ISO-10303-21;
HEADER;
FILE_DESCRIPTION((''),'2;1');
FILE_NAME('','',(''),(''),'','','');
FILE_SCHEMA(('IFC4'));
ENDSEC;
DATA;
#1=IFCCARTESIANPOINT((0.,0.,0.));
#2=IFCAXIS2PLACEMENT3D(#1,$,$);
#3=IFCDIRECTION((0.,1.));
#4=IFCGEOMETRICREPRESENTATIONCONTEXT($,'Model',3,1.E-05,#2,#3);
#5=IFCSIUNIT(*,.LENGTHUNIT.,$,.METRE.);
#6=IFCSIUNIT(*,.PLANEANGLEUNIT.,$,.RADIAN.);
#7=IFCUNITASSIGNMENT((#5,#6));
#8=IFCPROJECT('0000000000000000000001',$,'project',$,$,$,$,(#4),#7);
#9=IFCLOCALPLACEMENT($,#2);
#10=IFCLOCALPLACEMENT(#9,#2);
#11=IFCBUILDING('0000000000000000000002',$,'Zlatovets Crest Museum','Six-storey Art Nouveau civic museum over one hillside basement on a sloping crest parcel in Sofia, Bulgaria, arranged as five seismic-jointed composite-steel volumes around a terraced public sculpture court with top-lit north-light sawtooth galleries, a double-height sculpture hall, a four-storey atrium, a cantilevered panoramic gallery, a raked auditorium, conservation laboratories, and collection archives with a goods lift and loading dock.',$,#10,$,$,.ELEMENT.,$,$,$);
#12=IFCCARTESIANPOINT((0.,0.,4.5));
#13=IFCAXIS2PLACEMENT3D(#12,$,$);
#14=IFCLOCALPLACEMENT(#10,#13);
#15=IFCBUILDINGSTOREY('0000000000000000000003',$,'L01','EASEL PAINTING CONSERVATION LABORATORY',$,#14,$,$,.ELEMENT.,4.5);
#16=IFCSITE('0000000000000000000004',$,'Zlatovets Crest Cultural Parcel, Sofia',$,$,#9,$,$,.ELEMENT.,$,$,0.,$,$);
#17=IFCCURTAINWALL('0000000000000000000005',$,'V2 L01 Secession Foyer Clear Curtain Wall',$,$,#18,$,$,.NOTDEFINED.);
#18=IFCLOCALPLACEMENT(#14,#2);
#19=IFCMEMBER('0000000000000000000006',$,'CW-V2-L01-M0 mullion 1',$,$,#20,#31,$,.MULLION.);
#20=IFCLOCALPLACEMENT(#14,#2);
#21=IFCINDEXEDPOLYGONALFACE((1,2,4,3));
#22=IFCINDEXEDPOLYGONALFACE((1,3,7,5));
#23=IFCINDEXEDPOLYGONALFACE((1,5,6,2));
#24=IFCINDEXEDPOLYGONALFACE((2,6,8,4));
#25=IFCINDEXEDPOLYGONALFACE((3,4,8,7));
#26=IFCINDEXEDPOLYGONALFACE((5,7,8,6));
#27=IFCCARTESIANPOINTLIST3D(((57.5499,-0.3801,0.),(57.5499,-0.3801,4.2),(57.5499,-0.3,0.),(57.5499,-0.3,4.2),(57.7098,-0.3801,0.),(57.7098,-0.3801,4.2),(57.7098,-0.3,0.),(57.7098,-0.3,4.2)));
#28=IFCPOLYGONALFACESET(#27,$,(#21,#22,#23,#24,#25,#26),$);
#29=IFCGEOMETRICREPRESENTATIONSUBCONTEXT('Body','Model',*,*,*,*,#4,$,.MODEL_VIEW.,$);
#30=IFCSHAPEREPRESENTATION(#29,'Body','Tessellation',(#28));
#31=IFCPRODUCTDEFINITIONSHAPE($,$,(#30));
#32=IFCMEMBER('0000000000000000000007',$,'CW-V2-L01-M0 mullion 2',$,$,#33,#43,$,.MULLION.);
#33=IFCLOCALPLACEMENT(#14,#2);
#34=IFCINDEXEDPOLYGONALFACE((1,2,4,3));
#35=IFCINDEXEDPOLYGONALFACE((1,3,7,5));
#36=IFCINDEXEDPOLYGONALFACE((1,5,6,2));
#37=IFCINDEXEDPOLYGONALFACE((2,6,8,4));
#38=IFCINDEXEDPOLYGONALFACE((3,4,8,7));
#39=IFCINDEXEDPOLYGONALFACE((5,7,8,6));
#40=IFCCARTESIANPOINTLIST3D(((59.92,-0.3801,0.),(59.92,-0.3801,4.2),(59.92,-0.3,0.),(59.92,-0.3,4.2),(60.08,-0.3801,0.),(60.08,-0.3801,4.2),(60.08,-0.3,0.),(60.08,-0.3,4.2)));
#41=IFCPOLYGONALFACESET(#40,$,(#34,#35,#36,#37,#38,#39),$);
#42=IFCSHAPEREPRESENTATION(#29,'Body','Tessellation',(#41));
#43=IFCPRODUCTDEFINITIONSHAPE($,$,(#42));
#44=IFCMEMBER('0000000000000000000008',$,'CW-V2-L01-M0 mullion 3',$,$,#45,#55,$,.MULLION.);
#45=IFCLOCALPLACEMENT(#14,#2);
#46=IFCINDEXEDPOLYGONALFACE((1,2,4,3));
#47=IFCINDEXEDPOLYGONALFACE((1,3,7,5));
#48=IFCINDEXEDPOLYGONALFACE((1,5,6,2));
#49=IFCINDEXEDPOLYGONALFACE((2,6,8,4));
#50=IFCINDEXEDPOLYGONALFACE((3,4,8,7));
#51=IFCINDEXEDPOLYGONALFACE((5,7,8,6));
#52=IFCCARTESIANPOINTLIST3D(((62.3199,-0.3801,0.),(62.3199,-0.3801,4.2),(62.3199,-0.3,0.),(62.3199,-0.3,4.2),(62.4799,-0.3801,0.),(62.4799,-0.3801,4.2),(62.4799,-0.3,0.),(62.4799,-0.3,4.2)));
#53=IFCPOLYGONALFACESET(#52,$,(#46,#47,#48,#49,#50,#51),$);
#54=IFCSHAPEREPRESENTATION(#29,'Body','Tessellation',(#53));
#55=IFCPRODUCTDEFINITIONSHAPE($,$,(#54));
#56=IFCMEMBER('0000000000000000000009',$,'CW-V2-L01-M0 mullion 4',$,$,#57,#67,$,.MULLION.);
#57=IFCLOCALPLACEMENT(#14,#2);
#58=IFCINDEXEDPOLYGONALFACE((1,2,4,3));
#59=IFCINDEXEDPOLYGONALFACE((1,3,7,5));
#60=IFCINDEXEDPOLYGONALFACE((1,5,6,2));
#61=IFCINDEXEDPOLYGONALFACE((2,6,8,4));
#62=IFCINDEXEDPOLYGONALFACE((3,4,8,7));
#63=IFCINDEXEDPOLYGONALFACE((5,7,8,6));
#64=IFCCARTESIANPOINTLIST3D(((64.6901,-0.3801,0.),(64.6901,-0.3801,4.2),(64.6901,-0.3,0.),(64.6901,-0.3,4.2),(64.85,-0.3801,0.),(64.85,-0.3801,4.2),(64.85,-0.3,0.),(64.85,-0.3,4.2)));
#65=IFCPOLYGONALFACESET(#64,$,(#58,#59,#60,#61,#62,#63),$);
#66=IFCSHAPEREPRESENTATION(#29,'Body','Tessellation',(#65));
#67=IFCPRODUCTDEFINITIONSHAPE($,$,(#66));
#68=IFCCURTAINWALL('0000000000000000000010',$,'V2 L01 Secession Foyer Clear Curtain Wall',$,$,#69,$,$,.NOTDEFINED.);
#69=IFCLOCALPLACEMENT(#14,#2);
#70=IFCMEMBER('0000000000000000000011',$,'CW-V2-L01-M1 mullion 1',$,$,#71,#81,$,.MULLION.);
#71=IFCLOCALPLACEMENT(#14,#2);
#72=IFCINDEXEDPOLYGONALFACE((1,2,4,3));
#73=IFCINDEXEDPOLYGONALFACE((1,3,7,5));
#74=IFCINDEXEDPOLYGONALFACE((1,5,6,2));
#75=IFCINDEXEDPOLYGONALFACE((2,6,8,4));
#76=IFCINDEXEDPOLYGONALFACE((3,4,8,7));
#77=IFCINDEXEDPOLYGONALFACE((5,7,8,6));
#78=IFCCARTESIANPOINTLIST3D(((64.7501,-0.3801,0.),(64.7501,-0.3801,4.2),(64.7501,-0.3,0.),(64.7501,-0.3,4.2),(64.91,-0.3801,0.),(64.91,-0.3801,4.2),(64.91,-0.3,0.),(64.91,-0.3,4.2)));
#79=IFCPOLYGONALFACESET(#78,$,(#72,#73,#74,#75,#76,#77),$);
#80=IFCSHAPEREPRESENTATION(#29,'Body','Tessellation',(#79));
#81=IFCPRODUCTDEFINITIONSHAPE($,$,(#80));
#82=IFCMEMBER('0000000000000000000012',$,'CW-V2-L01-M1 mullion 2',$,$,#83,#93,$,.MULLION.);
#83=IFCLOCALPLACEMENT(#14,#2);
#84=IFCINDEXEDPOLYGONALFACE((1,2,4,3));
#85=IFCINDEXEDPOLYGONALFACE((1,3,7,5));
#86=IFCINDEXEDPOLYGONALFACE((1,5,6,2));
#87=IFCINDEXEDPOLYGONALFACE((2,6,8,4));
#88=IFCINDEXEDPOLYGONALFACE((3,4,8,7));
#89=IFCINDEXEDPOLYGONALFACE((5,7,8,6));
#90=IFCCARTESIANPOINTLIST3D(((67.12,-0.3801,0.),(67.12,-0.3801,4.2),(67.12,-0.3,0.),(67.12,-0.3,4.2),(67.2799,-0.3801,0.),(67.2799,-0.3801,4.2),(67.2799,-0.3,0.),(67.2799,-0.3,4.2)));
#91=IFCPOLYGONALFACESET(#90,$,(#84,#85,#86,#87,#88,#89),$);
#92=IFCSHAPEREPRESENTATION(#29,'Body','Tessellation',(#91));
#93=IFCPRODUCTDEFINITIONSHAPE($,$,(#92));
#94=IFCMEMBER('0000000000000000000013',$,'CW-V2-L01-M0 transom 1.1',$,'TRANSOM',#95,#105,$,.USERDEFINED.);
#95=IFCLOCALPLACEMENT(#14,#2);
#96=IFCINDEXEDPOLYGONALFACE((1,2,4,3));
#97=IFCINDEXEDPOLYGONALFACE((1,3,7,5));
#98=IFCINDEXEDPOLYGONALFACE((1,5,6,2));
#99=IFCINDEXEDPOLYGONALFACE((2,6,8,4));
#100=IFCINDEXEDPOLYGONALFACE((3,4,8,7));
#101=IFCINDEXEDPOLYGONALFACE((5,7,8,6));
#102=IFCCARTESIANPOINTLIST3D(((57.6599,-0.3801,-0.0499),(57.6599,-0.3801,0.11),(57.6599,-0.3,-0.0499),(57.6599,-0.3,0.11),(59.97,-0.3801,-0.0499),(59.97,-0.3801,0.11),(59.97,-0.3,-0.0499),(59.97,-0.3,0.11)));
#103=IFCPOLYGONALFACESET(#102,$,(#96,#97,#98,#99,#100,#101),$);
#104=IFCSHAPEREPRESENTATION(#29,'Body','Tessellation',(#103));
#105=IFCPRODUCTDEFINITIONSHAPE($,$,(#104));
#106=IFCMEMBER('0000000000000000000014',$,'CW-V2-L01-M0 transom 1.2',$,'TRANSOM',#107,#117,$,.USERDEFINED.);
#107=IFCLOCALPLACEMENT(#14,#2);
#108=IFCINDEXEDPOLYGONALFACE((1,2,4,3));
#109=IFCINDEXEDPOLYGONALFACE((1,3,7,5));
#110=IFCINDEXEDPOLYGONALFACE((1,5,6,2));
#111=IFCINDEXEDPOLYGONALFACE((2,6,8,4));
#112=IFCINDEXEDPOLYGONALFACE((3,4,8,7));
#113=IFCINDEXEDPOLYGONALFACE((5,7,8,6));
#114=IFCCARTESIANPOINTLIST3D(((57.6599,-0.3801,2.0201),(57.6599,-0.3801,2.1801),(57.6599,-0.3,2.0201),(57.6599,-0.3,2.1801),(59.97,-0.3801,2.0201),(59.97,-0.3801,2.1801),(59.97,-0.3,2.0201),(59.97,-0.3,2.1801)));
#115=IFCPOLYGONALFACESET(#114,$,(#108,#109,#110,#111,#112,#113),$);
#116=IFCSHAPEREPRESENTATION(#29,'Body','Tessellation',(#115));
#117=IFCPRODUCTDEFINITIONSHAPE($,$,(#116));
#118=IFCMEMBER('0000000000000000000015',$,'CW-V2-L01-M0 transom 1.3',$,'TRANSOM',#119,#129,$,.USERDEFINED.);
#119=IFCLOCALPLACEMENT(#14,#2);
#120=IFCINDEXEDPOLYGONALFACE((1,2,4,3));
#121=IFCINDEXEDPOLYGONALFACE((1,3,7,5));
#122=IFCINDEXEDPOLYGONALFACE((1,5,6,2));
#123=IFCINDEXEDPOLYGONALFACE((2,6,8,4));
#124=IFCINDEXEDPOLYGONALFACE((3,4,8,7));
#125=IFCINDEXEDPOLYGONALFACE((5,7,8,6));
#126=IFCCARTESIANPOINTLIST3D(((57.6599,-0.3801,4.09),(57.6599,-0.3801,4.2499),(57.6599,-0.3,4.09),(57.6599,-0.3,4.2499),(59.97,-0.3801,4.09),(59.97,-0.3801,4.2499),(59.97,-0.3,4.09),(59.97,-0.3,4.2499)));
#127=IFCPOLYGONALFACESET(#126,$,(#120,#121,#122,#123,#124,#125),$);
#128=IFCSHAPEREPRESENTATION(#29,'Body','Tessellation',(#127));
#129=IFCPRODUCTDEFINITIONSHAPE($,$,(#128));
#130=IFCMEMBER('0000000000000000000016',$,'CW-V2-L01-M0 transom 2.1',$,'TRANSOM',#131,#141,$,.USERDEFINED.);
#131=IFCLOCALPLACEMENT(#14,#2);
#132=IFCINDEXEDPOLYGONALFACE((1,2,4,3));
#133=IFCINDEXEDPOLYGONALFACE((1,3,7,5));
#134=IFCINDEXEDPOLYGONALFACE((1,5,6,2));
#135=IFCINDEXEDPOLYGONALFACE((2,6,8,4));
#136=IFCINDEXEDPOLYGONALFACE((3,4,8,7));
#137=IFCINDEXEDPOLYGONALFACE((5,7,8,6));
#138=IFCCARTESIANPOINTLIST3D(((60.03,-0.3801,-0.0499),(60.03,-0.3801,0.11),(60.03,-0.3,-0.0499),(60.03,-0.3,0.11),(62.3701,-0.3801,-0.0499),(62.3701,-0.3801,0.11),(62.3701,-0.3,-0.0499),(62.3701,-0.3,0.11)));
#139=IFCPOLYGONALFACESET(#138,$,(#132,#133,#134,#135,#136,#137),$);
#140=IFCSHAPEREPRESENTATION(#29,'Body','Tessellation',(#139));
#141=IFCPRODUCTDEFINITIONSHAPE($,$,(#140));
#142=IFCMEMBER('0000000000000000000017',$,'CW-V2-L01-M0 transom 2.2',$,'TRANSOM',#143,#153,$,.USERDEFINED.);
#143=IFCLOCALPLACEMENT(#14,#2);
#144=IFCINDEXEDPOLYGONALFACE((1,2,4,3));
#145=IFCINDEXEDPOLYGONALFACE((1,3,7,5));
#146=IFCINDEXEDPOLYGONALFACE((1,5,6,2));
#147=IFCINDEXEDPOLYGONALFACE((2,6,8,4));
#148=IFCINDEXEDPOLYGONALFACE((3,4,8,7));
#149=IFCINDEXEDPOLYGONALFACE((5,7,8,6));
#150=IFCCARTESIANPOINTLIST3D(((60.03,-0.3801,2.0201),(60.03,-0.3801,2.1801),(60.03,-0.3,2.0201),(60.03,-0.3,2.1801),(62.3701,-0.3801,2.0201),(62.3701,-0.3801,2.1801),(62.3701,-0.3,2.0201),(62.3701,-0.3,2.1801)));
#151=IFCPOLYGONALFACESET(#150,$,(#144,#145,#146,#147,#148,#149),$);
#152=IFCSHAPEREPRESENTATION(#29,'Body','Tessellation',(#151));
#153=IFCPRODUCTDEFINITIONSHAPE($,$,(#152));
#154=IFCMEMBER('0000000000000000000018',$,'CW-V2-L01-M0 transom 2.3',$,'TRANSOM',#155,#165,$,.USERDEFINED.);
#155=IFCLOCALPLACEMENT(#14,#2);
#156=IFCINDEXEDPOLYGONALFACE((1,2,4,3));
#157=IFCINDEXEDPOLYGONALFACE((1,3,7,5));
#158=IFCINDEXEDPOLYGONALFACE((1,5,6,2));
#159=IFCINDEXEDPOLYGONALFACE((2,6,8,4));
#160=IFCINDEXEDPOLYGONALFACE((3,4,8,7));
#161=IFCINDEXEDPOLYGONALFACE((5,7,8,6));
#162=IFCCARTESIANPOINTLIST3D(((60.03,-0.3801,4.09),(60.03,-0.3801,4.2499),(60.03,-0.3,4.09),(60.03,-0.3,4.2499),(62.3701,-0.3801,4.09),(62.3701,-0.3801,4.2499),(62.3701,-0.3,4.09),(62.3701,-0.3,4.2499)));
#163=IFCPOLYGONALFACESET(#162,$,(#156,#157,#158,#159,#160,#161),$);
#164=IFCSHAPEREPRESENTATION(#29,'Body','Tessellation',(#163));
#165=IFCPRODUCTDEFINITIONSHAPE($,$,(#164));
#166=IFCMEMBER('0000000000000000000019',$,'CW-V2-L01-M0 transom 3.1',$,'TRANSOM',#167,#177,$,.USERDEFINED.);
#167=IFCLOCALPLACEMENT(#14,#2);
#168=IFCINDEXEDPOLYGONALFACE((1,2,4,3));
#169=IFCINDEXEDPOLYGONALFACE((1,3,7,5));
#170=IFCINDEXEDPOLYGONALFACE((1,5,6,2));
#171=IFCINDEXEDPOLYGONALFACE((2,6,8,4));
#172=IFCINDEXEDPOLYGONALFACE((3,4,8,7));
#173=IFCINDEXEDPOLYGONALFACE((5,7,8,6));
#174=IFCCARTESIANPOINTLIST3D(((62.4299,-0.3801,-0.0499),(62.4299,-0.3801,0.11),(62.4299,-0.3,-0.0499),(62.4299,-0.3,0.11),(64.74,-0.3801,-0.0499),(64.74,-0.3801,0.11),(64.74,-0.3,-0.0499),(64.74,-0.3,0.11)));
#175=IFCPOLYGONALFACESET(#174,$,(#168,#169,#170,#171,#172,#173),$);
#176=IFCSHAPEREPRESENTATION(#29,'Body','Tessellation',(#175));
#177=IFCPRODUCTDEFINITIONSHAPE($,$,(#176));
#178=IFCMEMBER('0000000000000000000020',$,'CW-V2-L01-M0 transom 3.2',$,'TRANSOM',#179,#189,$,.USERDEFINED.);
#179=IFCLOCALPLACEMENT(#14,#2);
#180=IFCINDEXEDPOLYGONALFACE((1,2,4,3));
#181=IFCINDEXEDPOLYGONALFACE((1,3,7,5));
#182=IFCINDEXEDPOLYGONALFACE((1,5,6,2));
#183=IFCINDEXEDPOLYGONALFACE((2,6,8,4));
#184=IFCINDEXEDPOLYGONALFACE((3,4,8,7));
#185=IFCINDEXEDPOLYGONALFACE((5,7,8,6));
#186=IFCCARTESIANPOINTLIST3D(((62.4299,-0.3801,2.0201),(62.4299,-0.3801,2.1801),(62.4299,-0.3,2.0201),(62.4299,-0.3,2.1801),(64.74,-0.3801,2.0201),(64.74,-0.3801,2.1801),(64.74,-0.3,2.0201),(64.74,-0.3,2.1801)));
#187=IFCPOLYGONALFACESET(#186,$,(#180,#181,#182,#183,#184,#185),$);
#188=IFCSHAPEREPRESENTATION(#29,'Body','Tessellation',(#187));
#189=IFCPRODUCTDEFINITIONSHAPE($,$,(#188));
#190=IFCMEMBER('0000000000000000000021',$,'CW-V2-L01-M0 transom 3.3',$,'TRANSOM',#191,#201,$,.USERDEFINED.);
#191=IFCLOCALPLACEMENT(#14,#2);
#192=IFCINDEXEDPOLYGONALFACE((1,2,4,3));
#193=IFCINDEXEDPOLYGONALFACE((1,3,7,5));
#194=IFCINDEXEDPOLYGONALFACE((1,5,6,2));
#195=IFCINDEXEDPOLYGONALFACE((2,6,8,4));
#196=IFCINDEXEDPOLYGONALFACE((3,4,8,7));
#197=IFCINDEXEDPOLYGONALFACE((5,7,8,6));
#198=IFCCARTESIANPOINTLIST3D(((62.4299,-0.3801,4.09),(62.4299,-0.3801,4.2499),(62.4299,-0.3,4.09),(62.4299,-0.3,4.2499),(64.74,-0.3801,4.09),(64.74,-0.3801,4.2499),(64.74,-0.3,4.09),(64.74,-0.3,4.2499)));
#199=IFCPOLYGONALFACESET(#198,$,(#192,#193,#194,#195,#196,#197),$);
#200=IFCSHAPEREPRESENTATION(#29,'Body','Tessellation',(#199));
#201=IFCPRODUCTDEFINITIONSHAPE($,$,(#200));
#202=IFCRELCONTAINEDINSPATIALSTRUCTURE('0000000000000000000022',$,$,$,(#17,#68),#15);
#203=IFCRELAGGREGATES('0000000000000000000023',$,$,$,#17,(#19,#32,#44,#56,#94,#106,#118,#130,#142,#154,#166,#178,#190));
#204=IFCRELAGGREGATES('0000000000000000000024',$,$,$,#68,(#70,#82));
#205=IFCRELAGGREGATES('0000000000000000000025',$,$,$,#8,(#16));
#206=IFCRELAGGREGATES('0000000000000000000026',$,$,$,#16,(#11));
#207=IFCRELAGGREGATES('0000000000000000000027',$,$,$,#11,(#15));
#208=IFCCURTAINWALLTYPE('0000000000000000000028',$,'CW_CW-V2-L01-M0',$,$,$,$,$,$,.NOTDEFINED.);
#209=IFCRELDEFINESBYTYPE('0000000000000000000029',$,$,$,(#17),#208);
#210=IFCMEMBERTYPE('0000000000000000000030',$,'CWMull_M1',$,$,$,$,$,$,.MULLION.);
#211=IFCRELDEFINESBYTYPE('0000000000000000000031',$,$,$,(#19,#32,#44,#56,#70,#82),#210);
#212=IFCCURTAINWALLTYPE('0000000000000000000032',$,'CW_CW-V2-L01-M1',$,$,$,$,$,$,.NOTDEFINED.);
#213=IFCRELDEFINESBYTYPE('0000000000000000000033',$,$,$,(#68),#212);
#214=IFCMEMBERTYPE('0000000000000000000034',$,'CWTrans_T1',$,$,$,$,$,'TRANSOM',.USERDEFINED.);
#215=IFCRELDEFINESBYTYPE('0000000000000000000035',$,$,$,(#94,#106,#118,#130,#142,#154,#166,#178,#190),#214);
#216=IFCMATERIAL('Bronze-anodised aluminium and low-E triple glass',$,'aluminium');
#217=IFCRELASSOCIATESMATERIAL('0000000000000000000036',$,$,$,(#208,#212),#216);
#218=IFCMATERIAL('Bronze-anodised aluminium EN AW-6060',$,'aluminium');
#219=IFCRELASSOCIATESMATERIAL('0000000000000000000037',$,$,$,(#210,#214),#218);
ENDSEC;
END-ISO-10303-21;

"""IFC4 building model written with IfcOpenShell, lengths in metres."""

from ifc_helpers import new_model, si_unit, direction, frame, origin, origin_2d, place, context, subcontext, project, spatial, rectangle, extrude, material, material_profile, profile_set, type_object, element, aggregate, save


model = new_model("IFC4")

# Units and contexts
model_context = context("Model", 3, precision=1e-05, world=origin(), true_north=direction((0.0, 1.0)))
body_context = subcontext(model_context, "Body", "Model", "MODEL_VIEW")
ifc_project = project(units=[si_unit("LENGTHUNIT", "METRE"), si_unit("PLANEANGLEUNIT", "RADIAN")], contexts=[model_context])

# Site, building, storey
site_placement = place(None, origin())
site = spatial("IfcSite", under=ifc_project, at=site_placement, Name="Zlatovets Crest Cultural Parcel, Sofia", CompositionType="ELEMENT", RefElevation=0.0)
building_placement = place(site_placement, origin())
building = spatial("IfcBuilding", under=site, at=building_placement, Name="Zlatovets Crest Museum", Description="Six-storey Art Nouveau civic museum over one hillside basement on a sloping crest parcel in Sofia, Bulgaria, arranged as five seismic-jointed composite-steel volumes around a terraced public sculpture court with top-lit north-light sawtooth galleries, a double-height sculpture hall, a four-storey atrium, a cantilevered panoramic gallery, a raked auditorium, conservation laboratories, and collection archives with a goods lift and loading dock.", CompositionType="ELEMENT")
storey_placement = place(building_placement, frame((0.0, 0.0, 4.5)))
storey = spatial("IfcBuildingStorey", under=building, at=storey_placement, Name="L01", Description="EASEL PAINTING CONSERVATION LABORATORY", CompositionType="ELEMENT", Elevation=4.5)

# Curtain walls, members
ifc_material_1 = material(Name="Bronze-anodised aluminium and low-E triple glass", Category="aluminium")
curtain_wall_type_1 = type_object("IfcCurtainWallType", Name="CW_CW-V2-L01-M0", PredefinedType="NOTDEFINED", material=ifc_material_1)
curtain_wall_1_placement = place(storey_placement, origin())
curtain_wall_1 = element("IfcCurtainWall", 1, at=curtain_wall_1_placement, inside=storey, type_object=curtain_wall_type_1, Name="V2 L01 Secession Foyer Clear Curtain Wall", PredefinedType="NOTDEFINED")
ifc_material_2 = material(Name="Bronze-anodised aluminium EN AW-6060", Category="aluminium")
ifc_material_profile_1 = material_profile(ifc_material_2, rectangle(XDim=0.0801, YDim=0.1599, at=origin_2d()), Name="ALU 80x160")
ifc_profile_set_1 = profile_set([ifc_material_profile_1], Name="Bronze-anodised aluminium EN AW-6060")
member_type_1 = type_object("IfcMemberType", Name="CWMull_M1", PredefinedType="MULLION", material=ifc_profile_set_1)
member_1_placement = place(storey_placement, frame((57.6299, -0.3401, 0.0), z_axis=(0.0, 0.0, 1.0), x_axis=(0.0, 1.0, 0.0)))
member_1 = element("IfcMember", 2, at=member_1_placement, type_object=member_type_1, Name="CW-V2-L01-M0 mullion 1", PredefinedType="MULLION", context=body_context, shape_type="SweptSolid", body=[
    extrude(rectangle(XDim=0.0801, YDim=0.1599, at=origin_2d()), origin(), (0.0, 0.0, 1.0), 4.2),
])
member_2_placement = place(storey_placement, frame((60.0, -0.3401, 0.0), z_axis=(0.0, 0.0, 1.0), x_axis=(0.0, 1.0, 0.0)))
member_2 = element("IfcMember", 3, at=member_2_placement, type_object=member_type_1, Name="CW-V2-L01-M0 mullion 2", PredefinedType="MULLION", context=body_context, shape_type="SweptSolid", body=[
    extrude(rectangle(XDim=0.0801, YDim=0.1599, at=origin_2d()), origin(), (0.0, 0.0, 1.0), 4.2),
])
member_3_placement = place(storey_placement, frame((62.3999, -0.3401, 0.0), z_axis=(0.0, 0.0, 1.0), x_axis=(0.0, 1.0, 0.0)))
member_3 = element("IfcMember", 4, at=member_3_placement, type_object=member_type_1, Name="CW-V2-L01-M0 mullion 3", PredefinedType="MULLION", context=body_context, shape_type="SweptSolid", body=[
    extrude(rectangle(XDim=0.0801, YDim=0.1599, at=origin_2d()), origin(), (0.0, 0.0, 1.0), 4.2),
])
member_4_placement = place(storey_placement, frame((64.77, -0.3401, 0.0), z_axis=(0.0, 0.0, 1.0), x_axis=(0.0, 1.0, 0.0)))
member_4 = element("IfcMember", 5, at=member_4_placement, type_object=member_type_1, Name="CW-V2-L01-M0 mullion 4", PredefinedType="MULLION", context=body_context, shape_type="SweptSolid", body=[
    extrude(rectangle(XDim=0.0801, YDim=0.1599, at=origin_2d()), origin(), (0.0, 0.0, 1.0), 4.2),
])
curtain_wall_type_2 = type_object("IfcCurtainWallType", Name="CW_CW-V2-L01-M1", PredefinedType="NOTDEFINED", material=ifc_material_1)
curtain_wall_2_placement = place(storey_placement, origin())
curtain_wall_2 = element("IfcCurtainWall", 6, at=curtain_wall_2_placement, inside=storey, type_object=curtain_wall_type_2, Name="V2 L01 Secession Foyer Clear Curtain Wall", PredefinedType="NOTDEFINED")
member_5_placement = place(storey_placement, frame((64.8301, -0.3401, 0.0), z_axis=(0.0, 0.0, 1.0), x_axis=(0.0, 1.0, 0.0)))
member_5 = element("IfcMember", 7, at=member_5_placement, type_object=member_type_1, Name="CW-V2-L01-M1 mullion 1", PredefinedType="MULLION", context=body_context, shape_type="SweptSolid", body=[
    extrude(rectangle(XDim=0.0801, YDim=0.1599, at=origin_2d()), origin(), (0.0, 0.0, 1.0), 4.2),
])
member_6_placement = place(storey_placement, frame((67.2, -0.3401, 0.0), z_axis=(0.0, 0.0, 1.0), x_axis=(0.0, 1.0, 0.0)))
member_6 = element("IfcMember", 8, at=member_6_placement, type_object=member_type_1, Name="CW-V2-L01-M1 mullion 2", PredefinedType="MULLION", context=body_context, shape_type="SweptSolid", body=[
    extrude(rectangle(XDim=0.0801, YDim=0.1599, at=origin_2d()), origin(), (0.0, 0.0, 1.0), 4.2),
])

# Members
ifc_material_profile_2 = material_profile(ifc_material_2, rectangle(XDim=0.0801, YDim=0.1599, at=origin_2d()), Name="ALU 80x160")
ifc_profile_set_2 = profile_set([ifc_material_profile_2], Name="Bronze-anodised aluminium EN AW-6060")
member_type_2 = type_object("IfcMemberType", Name="CWTrans_T1", ElementType="TRANSOM", PredefinedType="USERDEFINED", material=ifc_profile_set_2)
member_7_placement = place(storey_placement, frame((57.6599, -0.3401, 0.03), z_axis=(1.0, 0.0, 0.0), x_axis=(0.0, 1.0, 0.0)))
member_7 = element("IfcMember", 9, at=member_7_placement, type_object=member_type_2, Name="CW-V2-L01-M0 transom 1.1", ObjectType="TRANSOM", PredefinedType="USERDEFINED", context=body_context, shape_type="SweptSolid", body=[
    extrude(rectangle(XDim=0.0801, YDim=0.1599, at=origin_2d()), origin(), (0.0, 0.0, 1.0), 2.3101),
])
member_8_placement = place(storey_placement, frame((57.6599, -0.3401, 2.1001), z_axis=(1.0, 0.0, 0.0), x_axis=(0.0, 1.0, 0.0)))
member_8 = element("IfcMember", 10, at=member_8_placement, type_object=member_type_2, Name="CW-V2-L01-M0 transom 1.2", ObjectType="TRANSOM", PredefinedType="USERDEFINED", context=body_context, shape_type="SweptSolid", body=[
    extrude(rectangle(XDim=0.0801, YDim=0.1599, at=origin_2d()), origin(), (0.0, 0.0, 1.0), 2.3101),
])
member_9_placement = place(storey_placement, frame((57.6599, -0.3401, 4.1699), z_axis=(1.0, 0.0, 0.0), x_axis=(0.0, 1.0, 0.0)))
member_9 = element("IfcMember", 11, at=member_9_placement, type_object=member_type_2, Name="CW-V2-L01-M0 transom 1.3", ObjectType="TRANSOM", PredefinedType="USERDEFINED", context=body_context, shape_type="SweptSolid", body=[
    extrude(rectangle(XDim=0.0801, YDim=0.1599, at=origin_2d()), origin(), (0.0, 0.0, 1.0), 2.3101),
])
member_10_placement = place(storey_placement, frame((60.03, -0.3401, 0.03), z_axis=(1.0, 0.0, 0.0), x_axis=(0.0, 1.0, 0.0)))
member_10 = element("IfcMember", 12, at=member_10_placement, type_object=member_type_2, Name="CW-V2-L01-M0 transom 2.1", ObjectType="TRANSOM", PredefinedType="USERDEFINED", context=body_context, shape_type="SweptSolid", body=[
    extrude(rectangle(XDim=0.0801, YDim=0.1599, at=origin_2d()), origin(), (0.0, 0.0, 1.0), 2.3401),
])
member_11_placement = place(storey_placement, frame((60.03, -0.3401, 2.1001), z_axis=(1.0, 0.0, 0.0), x_axis=(0.0, 1.0, 0.0)))
member_11 = element("IfcMember", 13, at=member_11_placement, type_object=member_type_2, Name="CW-V2-L01-M0 transom 2.2", ObjectType="TRANSOM", PredefinedType="USERDEFINED", context=body_context, shape_type="SweptSolid", body=[
    extrude(rectangle(XDim=0.0801, YDim=0.1599, at=origin_2d()), origin(), (0.0, 0.0, 1.0), 2.3401),
])
member_12_placement = place(storey_placement, frame((60.03, -0.3401, 4.1699), z_axis=(1.0, 0.0, 0.0), x_axis=(0.0, 1.0, 0.0)))
member_12 = element("IfcMember", 14, at=member_12_placement, type_object=member_type_2, Name="CW-V2-L01-M0 transom 2.3", ObjectType="TRANSOM", PredefinedType="USERDEFINED", context=body_context, shape_type="SweptSolid", body=[
    extrude(rectangle(XDim=0.0801, YDim=0.1599, at=origin_2d()), origin(), (0.0, 0.0, 1.0), 2.3401),
])
member_13_placement = place(storey_placement, frame((62.4299, -0.3401, 0.03), z_axis=(1.0, 0.0, 0.0), x_axis=(0.0, 1.0, 0.0)))
member_13 = element("IfcMember", 15, at=member_13_placement, type_object=member_type_2, Name="CW-V2-L01-M0 transom 3.1", ObjectType="TRANSOM", PredefinedType="USERDEFINED", context=body_context, shape_type="SweptSolid", body=[
    extrude(rectangle(XDim=0.0801, YDim=0.1599, at=origin_2d()), origin(), (0.0, 0.0, 1.0), 2.3101),
])
member_14_placement = place(storey_placement, frame((62.4299, -0.3401, 2.1001), z_axis=(1.0, 0.0, 0.0), x_axis=(0.0, 1.0, 0.0)))
member_14 = element("IfcMember", 16, at=member_14_placement, type_object=member_type_2, Name="CW-V2-L01-M0 transom 3.2", ObjectType="TRANSOM", PredefinedType="USERDEFINED", context=body_context, shape_type="SweptSolid", body=[
    extrude(rectangle(XDim=0.0801, YDim=0.1599, at=origin_2d()), origin(), (0.0, 0.0, 1.0), 2.3101),
])
member_15_placement = place(storey_placement, frame((62.4299, -0.3401, 4.1699), z_axis=(1.0, 0.0, 0.0), x_axis=(0.0, 1.0, 0.0)))
member_15 = element("IfcMember", 17, at=member_15_placement, type_object=member_type_2, Name="CW-V2-L01-M0 transom 3.3", ObjectType="TRANSOM", PredefinedType="USERDEFINED", context=body_context, shape_type="SweptSolid", body=[
    extrude(rectangle(XDim=0.0801, YDim=0.1599, at=origin_2d()), origin(), (0.0, 0.0, 1.0), 2.3101),
])

aggregate(curtain_wall_1, [member_1, member_2, member_3, member_4, member_7, member_8, member_9, member_10, member_11, member_12, member_13, member_14, member_15])
aggregate(curtain_wall_2, [member_5, member_6])

save(model, "model.ifc")
